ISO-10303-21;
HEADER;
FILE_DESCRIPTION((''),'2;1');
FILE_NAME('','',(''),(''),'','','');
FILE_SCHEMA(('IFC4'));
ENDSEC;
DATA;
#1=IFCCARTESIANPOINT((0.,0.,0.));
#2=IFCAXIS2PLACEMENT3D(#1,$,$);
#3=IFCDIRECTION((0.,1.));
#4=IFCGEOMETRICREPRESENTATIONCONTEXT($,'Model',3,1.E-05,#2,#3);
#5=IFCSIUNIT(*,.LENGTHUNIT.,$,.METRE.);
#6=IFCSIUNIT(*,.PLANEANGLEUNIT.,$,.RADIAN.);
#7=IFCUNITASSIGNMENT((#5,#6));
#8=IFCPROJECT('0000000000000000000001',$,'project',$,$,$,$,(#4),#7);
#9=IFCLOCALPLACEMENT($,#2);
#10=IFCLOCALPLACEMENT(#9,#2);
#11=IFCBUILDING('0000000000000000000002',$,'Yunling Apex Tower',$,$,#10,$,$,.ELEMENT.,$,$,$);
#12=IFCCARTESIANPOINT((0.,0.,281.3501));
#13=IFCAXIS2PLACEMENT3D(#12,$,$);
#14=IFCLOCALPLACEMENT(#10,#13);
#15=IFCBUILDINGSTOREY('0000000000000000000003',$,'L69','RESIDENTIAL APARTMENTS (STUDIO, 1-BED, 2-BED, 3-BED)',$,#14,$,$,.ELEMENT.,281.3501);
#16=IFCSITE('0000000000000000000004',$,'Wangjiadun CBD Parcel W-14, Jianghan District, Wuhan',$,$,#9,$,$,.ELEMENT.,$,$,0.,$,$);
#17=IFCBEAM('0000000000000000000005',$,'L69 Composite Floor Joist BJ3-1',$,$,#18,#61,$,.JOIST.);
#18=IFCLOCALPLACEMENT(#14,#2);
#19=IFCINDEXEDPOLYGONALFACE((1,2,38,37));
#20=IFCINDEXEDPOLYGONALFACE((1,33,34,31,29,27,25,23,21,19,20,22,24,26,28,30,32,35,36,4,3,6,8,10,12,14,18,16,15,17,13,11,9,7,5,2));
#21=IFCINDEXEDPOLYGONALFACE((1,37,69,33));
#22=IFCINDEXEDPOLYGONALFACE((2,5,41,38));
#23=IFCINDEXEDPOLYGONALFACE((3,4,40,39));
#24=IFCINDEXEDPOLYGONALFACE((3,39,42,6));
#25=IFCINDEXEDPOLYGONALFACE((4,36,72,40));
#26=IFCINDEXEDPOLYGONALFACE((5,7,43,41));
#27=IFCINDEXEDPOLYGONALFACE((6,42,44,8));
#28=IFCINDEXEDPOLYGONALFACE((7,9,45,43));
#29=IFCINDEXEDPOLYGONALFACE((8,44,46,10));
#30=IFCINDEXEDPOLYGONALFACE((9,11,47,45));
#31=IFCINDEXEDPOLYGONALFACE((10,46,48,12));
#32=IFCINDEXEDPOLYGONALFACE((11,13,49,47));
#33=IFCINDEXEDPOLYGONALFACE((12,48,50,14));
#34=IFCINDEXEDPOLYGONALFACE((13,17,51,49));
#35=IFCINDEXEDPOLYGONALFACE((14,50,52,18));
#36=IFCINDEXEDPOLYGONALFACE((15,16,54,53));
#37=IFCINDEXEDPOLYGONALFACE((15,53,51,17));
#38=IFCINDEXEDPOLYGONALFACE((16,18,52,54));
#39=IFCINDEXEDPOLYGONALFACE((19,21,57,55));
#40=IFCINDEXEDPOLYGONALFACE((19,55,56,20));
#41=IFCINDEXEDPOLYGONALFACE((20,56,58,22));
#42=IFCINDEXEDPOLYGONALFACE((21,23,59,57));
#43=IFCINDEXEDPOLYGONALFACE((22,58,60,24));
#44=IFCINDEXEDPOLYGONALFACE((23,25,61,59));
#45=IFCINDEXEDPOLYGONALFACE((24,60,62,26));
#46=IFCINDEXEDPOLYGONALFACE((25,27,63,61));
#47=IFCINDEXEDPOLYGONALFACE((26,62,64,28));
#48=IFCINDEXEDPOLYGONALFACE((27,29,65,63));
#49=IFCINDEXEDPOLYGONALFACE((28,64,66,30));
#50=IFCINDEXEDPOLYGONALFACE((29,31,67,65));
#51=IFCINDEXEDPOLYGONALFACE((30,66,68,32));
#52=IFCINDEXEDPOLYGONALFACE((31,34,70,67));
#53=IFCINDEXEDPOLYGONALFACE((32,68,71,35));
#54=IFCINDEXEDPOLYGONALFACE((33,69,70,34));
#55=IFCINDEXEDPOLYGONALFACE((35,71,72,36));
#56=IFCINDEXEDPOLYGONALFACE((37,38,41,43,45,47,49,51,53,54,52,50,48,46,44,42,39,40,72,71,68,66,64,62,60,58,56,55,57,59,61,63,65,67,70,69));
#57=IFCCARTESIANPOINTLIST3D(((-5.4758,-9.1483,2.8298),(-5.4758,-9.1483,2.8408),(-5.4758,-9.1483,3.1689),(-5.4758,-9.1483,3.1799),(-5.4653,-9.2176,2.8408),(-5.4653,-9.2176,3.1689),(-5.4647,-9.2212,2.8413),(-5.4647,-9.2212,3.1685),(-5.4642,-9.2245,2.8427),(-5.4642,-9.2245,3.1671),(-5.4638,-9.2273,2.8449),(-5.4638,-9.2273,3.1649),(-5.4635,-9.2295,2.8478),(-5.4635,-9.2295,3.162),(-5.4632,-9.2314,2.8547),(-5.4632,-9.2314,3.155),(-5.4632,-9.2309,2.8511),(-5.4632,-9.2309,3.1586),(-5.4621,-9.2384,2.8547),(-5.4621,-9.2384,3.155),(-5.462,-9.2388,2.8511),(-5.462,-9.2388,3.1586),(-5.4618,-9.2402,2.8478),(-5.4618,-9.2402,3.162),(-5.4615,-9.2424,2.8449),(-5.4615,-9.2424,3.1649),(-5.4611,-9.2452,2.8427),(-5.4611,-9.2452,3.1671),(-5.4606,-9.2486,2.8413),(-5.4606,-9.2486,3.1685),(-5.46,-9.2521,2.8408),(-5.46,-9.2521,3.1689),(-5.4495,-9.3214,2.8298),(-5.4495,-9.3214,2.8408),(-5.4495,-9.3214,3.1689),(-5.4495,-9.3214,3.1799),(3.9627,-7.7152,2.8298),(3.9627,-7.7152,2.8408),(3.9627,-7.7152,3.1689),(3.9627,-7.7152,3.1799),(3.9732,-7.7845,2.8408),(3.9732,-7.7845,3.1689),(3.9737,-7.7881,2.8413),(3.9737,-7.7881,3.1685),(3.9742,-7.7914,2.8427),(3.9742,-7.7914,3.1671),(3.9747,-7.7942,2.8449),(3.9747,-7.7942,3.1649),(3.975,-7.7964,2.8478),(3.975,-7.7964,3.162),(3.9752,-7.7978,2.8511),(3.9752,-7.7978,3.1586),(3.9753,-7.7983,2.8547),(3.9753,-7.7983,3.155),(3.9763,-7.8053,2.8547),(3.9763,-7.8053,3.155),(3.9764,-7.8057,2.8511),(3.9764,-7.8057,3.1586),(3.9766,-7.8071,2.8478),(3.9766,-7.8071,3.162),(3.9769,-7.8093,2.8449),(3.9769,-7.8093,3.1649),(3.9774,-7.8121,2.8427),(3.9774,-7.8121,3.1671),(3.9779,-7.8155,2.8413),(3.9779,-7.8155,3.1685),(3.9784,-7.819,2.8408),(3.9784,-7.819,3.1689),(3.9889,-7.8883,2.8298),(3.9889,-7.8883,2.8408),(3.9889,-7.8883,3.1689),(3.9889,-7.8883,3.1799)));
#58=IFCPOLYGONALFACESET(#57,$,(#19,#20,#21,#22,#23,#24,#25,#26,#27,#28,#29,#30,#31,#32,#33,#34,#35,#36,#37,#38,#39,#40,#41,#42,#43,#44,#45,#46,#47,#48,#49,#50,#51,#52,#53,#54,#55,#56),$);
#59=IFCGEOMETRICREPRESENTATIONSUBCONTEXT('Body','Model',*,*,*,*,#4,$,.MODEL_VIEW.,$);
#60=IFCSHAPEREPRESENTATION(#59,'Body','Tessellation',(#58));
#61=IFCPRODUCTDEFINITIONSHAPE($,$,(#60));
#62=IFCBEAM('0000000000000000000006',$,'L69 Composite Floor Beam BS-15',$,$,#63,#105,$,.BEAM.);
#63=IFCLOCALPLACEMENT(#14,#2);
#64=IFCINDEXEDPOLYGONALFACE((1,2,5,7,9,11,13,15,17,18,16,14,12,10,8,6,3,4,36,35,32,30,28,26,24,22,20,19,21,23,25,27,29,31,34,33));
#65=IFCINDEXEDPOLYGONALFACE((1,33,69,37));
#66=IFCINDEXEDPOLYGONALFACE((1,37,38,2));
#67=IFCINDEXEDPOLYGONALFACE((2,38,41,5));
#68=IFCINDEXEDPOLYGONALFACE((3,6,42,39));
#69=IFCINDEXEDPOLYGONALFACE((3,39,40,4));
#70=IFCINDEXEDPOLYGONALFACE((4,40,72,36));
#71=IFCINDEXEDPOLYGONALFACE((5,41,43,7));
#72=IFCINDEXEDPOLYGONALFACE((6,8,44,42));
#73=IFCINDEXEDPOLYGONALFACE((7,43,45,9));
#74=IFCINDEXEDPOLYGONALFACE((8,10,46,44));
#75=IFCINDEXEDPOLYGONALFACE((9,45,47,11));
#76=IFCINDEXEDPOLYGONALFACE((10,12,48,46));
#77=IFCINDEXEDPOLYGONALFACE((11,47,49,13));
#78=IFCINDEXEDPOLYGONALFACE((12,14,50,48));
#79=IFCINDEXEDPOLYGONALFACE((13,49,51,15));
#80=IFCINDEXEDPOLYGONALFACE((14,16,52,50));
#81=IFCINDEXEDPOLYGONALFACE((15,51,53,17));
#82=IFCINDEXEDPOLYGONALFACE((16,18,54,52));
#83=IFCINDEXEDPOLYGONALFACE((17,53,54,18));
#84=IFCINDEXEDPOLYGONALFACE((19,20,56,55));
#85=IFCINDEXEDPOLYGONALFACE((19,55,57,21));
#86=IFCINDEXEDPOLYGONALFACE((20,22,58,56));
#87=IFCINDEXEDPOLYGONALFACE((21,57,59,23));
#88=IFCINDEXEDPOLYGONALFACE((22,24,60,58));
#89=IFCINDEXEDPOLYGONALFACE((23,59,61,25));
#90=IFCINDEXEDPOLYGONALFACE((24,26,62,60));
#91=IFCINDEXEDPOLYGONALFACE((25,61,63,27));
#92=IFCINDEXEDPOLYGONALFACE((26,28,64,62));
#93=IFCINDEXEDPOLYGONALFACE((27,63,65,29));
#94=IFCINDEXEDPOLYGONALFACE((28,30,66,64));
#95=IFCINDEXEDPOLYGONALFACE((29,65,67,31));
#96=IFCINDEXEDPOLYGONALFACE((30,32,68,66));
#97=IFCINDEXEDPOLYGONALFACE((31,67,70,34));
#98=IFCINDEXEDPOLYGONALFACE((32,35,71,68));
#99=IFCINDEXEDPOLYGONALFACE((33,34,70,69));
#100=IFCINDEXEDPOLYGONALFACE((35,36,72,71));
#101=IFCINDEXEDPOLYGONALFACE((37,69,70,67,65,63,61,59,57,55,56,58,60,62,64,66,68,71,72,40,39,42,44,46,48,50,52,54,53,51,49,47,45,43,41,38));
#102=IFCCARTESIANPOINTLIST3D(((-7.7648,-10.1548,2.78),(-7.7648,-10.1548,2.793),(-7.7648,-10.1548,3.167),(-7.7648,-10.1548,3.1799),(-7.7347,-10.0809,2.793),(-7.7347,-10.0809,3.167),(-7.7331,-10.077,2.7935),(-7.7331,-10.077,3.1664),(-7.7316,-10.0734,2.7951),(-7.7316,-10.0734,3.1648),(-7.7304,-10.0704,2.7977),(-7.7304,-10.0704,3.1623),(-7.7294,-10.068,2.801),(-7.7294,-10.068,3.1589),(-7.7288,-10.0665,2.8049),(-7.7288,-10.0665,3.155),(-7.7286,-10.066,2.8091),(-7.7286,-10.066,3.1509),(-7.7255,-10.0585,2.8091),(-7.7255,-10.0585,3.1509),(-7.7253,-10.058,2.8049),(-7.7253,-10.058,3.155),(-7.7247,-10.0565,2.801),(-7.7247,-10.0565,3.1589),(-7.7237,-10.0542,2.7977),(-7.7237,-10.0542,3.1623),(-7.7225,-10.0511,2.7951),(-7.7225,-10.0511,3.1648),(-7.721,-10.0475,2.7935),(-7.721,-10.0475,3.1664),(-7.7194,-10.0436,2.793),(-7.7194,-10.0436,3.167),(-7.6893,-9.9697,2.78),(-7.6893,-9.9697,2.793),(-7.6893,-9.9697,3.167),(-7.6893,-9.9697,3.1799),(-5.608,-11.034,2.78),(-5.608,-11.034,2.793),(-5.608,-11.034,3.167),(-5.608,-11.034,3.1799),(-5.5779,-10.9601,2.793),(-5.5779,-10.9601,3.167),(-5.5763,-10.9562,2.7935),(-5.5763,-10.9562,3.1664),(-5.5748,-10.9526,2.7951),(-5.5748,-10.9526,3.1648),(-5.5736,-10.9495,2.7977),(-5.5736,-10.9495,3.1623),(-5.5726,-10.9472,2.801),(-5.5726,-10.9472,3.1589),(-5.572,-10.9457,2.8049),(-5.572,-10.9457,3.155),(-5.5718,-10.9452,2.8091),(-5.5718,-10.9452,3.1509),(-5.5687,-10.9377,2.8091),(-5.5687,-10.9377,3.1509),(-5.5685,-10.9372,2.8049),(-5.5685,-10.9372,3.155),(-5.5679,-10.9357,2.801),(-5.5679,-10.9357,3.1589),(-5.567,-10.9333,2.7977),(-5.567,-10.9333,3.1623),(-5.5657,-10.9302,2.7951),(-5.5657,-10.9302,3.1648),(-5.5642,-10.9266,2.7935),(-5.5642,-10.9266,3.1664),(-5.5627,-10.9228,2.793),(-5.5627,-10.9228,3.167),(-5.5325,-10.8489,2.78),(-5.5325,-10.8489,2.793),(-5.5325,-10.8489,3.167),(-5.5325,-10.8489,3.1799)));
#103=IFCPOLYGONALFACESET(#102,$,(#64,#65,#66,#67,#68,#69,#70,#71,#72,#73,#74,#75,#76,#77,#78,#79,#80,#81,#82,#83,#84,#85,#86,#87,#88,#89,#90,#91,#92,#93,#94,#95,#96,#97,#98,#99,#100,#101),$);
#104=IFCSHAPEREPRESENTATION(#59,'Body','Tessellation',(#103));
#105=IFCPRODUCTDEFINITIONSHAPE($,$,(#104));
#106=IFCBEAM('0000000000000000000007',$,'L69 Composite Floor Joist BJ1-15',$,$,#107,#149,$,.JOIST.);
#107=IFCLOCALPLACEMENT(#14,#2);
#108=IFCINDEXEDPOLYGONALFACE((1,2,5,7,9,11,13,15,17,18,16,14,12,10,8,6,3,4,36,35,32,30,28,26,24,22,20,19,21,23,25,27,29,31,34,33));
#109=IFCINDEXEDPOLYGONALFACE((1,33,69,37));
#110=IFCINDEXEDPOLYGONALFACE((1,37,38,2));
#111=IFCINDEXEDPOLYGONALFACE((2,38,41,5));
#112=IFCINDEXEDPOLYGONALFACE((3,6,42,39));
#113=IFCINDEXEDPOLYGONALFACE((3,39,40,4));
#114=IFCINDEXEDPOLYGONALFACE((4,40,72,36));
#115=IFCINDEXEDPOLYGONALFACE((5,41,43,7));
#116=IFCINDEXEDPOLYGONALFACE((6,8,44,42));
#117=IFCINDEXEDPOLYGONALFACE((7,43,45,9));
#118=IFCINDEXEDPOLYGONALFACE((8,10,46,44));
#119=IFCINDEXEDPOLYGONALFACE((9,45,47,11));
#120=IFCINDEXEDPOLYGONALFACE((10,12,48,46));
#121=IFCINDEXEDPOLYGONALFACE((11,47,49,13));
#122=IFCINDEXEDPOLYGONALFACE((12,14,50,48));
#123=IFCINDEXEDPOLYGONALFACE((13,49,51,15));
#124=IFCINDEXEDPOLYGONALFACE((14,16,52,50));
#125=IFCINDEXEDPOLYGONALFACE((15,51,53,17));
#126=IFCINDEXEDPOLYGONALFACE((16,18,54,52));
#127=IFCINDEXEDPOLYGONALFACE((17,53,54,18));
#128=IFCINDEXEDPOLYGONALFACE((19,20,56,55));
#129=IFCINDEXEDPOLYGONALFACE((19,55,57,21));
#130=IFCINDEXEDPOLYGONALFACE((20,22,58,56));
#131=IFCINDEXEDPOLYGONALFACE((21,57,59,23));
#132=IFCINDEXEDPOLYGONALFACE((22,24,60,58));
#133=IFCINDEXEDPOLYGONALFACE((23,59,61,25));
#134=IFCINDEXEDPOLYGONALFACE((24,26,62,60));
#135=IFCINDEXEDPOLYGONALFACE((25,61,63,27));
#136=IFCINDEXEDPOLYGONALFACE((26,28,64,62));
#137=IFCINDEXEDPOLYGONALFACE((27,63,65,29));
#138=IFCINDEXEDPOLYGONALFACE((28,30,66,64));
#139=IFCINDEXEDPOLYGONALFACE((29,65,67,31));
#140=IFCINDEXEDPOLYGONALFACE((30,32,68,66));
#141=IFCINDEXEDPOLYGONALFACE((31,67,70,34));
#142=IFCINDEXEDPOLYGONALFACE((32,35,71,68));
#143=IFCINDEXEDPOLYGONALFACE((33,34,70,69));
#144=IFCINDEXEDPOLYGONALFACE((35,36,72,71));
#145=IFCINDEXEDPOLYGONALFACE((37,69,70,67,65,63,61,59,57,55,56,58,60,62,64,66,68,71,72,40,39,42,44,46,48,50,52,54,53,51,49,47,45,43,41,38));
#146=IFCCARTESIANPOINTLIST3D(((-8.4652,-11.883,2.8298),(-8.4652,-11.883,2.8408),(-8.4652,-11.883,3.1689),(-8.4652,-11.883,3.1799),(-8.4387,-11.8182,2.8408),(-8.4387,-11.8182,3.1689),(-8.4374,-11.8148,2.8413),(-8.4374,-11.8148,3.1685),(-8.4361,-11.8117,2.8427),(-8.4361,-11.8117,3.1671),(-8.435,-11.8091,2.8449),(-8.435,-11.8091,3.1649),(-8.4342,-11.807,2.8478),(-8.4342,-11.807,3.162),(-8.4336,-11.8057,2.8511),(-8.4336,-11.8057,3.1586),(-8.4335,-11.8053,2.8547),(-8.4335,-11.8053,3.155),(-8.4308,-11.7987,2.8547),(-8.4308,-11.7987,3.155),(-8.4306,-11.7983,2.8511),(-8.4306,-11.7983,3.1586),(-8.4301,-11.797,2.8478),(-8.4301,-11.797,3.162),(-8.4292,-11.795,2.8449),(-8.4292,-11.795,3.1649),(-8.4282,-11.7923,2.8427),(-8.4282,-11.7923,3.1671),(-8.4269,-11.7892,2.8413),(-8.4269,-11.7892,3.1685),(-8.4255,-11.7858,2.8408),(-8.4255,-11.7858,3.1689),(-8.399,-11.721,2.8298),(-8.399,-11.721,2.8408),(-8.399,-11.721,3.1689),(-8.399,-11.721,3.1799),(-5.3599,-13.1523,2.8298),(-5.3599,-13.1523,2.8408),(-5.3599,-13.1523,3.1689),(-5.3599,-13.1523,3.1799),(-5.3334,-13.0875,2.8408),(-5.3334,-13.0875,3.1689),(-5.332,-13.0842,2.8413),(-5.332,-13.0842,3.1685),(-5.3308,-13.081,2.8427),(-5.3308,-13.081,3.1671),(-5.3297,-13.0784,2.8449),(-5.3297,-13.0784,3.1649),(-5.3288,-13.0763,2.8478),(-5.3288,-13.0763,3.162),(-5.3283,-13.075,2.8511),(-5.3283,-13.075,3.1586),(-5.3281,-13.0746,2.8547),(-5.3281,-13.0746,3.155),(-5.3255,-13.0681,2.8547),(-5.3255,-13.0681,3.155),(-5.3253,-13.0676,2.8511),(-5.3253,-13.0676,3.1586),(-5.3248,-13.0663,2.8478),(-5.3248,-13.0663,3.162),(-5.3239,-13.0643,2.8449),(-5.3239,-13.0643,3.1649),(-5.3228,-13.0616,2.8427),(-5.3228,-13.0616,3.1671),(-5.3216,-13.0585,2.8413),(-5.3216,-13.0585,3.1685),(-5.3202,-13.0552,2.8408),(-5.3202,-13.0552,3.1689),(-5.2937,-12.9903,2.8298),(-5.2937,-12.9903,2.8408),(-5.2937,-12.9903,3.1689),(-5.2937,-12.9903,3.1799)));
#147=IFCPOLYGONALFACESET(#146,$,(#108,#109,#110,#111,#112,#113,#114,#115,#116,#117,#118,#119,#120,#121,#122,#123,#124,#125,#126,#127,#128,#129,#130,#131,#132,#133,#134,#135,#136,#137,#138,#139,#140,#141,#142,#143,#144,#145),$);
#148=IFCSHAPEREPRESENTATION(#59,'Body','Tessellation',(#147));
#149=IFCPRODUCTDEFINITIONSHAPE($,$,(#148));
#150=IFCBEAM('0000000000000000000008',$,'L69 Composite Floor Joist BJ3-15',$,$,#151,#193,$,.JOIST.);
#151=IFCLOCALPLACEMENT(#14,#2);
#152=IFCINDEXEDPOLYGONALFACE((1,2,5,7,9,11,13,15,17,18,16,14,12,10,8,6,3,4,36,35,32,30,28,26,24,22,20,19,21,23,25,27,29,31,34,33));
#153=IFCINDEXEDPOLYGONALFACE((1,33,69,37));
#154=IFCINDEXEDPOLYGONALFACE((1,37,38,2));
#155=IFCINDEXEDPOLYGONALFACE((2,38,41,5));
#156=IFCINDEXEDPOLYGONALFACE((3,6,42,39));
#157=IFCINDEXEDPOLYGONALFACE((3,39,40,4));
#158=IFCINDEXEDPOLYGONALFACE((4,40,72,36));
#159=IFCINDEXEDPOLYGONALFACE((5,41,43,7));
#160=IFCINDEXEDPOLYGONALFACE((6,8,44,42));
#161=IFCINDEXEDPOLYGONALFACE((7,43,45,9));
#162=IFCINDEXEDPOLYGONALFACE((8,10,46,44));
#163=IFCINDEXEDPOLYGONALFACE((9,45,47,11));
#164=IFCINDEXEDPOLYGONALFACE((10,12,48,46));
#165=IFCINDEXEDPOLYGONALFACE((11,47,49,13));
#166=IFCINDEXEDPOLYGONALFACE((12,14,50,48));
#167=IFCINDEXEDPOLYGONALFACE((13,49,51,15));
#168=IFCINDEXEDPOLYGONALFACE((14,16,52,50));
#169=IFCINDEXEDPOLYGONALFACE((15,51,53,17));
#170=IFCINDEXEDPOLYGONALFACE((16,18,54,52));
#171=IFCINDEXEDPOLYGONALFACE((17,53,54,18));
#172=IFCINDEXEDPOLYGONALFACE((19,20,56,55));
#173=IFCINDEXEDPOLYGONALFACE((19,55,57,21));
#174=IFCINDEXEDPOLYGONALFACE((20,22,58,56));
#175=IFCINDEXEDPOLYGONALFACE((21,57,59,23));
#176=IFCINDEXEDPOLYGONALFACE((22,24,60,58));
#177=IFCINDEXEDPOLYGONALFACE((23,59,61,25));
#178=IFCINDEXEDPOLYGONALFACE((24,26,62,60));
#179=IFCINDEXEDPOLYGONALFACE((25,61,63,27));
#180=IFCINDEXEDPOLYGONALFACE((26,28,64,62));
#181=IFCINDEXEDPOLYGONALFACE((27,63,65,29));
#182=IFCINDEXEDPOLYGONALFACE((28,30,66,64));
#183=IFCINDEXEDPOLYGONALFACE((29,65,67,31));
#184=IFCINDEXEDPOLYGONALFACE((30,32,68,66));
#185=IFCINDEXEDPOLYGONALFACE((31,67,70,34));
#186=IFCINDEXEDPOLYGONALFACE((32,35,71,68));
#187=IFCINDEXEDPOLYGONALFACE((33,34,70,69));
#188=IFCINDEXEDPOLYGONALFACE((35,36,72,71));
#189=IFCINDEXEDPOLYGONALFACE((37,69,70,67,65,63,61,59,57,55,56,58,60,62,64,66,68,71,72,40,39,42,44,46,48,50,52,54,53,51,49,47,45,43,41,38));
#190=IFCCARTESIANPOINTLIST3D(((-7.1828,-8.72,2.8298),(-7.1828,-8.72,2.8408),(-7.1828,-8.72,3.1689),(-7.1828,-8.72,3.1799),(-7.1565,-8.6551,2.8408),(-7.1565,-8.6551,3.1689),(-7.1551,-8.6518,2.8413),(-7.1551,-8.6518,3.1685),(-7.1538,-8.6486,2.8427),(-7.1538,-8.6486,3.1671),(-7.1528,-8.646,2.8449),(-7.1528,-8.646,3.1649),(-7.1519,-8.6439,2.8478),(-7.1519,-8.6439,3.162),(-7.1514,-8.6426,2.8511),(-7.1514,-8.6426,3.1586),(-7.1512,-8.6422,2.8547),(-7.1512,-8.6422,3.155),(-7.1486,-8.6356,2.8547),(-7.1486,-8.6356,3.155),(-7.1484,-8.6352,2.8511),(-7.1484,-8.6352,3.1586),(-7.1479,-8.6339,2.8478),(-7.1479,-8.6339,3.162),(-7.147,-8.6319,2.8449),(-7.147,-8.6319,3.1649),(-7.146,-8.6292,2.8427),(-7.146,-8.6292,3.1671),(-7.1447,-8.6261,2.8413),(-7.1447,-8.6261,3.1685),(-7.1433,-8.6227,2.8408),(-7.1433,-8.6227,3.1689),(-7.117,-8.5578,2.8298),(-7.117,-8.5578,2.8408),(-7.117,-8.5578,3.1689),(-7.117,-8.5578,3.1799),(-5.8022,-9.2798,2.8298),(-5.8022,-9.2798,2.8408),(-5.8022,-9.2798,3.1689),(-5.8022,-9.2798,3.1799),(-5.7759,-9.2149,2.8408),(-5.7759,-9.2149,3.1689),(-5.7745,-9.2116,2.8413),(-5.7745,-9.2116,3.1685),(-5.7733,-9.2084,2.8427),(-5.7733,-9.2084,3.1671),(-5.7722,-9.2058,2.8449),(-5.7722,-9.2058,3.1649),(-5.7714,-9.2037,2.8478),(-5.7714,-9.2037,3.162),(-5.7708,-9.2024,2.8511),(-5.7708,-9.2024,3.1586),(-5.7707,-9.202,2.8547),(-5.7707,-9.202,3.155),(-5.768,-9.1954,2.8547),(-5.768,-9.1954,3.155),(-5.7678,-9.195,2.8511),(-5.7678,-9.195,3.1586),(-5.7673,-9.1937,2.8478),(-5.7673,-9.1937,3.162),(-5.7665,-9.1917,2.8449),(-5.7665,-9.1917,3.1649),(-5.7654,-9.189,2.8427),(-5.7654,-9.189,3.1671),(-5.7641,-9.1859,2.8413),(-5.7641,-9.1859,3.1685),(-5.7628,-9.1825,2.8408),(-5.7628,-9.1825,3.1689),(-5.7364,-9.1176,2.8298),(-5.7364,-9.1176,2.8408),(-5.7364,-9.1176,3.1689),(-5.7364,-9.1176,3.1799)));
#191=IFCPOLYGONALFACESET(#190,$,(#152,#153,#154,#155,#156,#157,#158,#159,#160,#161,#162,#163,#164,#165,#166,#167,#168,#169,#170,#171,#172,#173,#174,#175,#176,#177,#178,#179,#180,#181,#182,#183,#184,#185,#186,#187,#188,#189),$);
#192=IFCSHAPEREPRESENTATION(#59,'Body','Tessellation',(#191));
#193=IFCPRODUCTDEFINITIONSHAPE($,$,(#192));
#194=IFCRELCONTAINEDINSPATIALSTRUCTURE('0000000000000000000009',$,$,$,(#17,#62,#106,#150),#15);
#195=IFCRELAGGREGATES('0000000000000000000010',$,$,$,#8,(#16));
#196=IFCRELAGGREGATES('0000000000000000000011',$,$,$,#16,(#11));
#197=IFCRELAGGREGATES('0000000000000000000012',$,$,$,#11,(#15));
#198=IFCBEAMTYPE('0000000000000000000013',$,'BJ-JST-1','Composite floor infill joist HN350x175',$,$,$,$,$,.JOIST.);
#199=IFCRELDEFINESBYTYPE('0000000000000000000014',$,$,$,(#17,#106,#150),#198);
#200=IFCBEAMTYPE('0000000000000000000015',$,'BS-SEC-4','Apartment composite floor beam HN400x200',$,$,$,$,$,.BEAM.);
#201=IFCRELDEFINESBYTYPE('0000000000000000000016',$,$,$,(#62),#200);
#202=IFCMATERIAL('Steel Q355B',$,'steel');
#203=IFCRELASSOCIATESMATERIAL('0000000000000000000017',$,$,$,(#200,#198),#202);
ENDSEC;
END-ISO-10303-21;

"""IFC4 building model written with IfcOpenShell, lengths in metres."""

from ifc_helpers import new_model, si_unit, direction, frame, origin, origin_2d, place, context, subcontext, project, spatial, i_section, extrude, source, transform, mapped, material, material_profile, profile_set, type_object, element, save


model = new_model("IFC4")

# Units and contexts
model_context = context("Model", 3, precision=1e-05, world=origin(), true_north=direction((0.0, 1.0)))
body_context = subcontext(model_context, "Body", "Model", "MODEL_VIEW")
ifc_project = project(units=[si_unit("LENGTHUNIT", "METRE"), si_unit("PLANEANGLEUNIT", "RADIAN")], contexts=[model_context])

# Site, building, storey
site_placement = place(None, origin())
site = spatial("IfcSite", under=ifc_project, at=site_placement, Name="Wangjiadun CBD Parcel W-14, Jianghan District, Wuhan", CompositionType="ELEMENT", RefElevation=0.0)
building_placement = place(site_placement, origin())
building = spatial("IfcBuilding", under=site, at=building_placement, Name="Yunling Apex Tower", CompositionType="ELEMENT")
storey_placement = place(building_placement, frame((0.0, 0.0, 281.3501)))
storey = spatial("IfcBuildingStorey", under=building, at=storey_placement, Name="L69", Description="RESIDENTIAL APARTMENTS (STUDIO, 1-BED, 2-BED, 3-BED)", CompositionType="ELEMENT", Elevation=281.3501)

# Shared definitions
ifc_material_1 = material(Name="Steel Q355B", Category="steel")

# Beams
ifc_material_profile_1 = material_profile(ifc_material_1, i_section(OverallWidth=0.2, OverallDepth=0.3999, WebThickness=0.0081, FlangeThickness=0.0129, FilletRadius=0.0161, at=origin_2d()))
ifc_profile_set_1 = profile_set([ifc_material_profile_1], Name="Steel Q355B")
beam_type_1 = type_object("IfcBeamType", Name="BS-SEC-4", Description="Apartment composite floor beam HN400x200", PredefinedType="BEAM", material=ifc_profile_set_1)
ifc_material_profile_2 = material_profile(ifc_material_1, i_section(OverallWidth=0.175, OverallDepth=0.3501, WebThickness=0.0071, FlangeThickness=0.011, FilletRadius=0.0139, at=origin_2d()))
ifc_profile_set_2 = profile_set([ifc_material_profile_2], Name="Steel Q355B")
beam_type_2 = type_object("IfcBeamType", Name="BJ-JST-1", Description="Composite floor infill joist HN350x175", PredefinedType="JOIST", material=ifc_profile_set_2)
shared_shape_1 = source(origin(), body_context, "Body", "SweptSolid", [
    extrude(i_section(OverallWidth=0.175, OverallDepth=0.3501, WebThickness=0.0071, FlangeThickness=0.011, FilletRadius=0.0139, at=origin_2d()), origin(), (0.0, 0.0, 1.0), 9.5466),
])
beam_1_placement = place(storey_placement, frame((-5.4626, -9.2349, 3.0049), z_axis=(0.988668, 0.150116, 0.0), x_axis=(-0.150116, 0.988668, 0.0)))
element("IfcBeam", 1, at=beam_1_placement, inside=storey, type_object=beam_type_2, Name="L69 Composite Floor Joist BJ3-1", PredefinedType="JOIST", context=body_context, shape_type="MappedRepresentation", body=[
    mapped(shared_shape_1, transform((0.0, 0.0, 0.0), scale=1.0)),
])
shared_shape_2 = source(origin(), body_context, "Body", "SweptSolid", [
    extrude(i_section(OverallWidth=0.2, OverallDepth=0.3999, WebThickness=0.0081, FlangeThickness=0.0129, FilletRadius=0.0161, at=origin_2d()), origin(), (0.0, 0.0, 1.0), 2.3291),
])
beam_2_placement = place(storey_placement, frame((-7.7271, -10.0623, 2.98), z_axis=(0.92602, -0.377473, 0.0), x_axis=(0.377473, 0.92602, 0.0)))
element("IfcBeam", 2, at=beam_2_placement, inside=storey, type_object=beam_type_1, Name="L69 Composite Floor Beam BS-15", PredefinedType="BEAM", context=body_context, shape_type="MappedRepresentation", body=[
    mapped(shared_shape_2, transform((0.0, 0.0, 0.0), scale=1.0)),
])
shared_shape_3 = source(origin(), body_context, "Body", "SweptSolid", [
    extrude(i_section(OverallWidth=0.175, OverallDepth=0.3501, WebThickness=0.0071, FlangeThickness=0.011, FilletRadius=0.0139, at=origin_2d()), origin(), (0.0, 0.0, 1.0), 3.3547),
])
beam_3_placement = place(storey_placement, frame((-8.4321, -11.802, 3.0049), z_axis=(0.925655, -0.378369, 0.0), x_axis=(0.378369, 0.925655, 0.0)))
element("IfcBeam", 3, at=beam_3_placement, inside=storey, type_object=beam_type_2, Name="L69 Composite Floor Joist BJ1-15", PredefinedType="JOIST", context=body_context, shape_type="MappedRepresentation", body=[
    mapped(shared_shape_3, transform((0.0, 0.0, 0.0), scale=1.0)),
])
shared_shape_4 = source(origin(), body_context, "Body", "SweptSolid", [
    extrude(i_section(OverallWidth=0.175, OverallDepth=0.3501, WebThickness=0.0071, FlangeThickness=0.011, FilletRadius=0.0139, at=origin_2d()), origin(), (0.0, 0.0, 1.0), 1.4897),
])
beam_4_placement = place(storey_placement, frame((-7.1499, -8.6389, 3.0049), z_axis=(0.926715, -0.375766, 0.0), x_axis=(0.375766, 0.926715, 0.0)))
element("IfcBeam", 4, at=beam_4_placement, inside=storey, type_object=beam_type_2, Name="L69 Composite Floor Joist BJ3-15", PredefinedType="JOIST", context=body_context, shape_type="MappedRepresentation", body=[
    mapped(shared_shape_4, transform((0.0, 0.0, 0.0), scale=1.0)),
])

save(model, "model.ifc")
